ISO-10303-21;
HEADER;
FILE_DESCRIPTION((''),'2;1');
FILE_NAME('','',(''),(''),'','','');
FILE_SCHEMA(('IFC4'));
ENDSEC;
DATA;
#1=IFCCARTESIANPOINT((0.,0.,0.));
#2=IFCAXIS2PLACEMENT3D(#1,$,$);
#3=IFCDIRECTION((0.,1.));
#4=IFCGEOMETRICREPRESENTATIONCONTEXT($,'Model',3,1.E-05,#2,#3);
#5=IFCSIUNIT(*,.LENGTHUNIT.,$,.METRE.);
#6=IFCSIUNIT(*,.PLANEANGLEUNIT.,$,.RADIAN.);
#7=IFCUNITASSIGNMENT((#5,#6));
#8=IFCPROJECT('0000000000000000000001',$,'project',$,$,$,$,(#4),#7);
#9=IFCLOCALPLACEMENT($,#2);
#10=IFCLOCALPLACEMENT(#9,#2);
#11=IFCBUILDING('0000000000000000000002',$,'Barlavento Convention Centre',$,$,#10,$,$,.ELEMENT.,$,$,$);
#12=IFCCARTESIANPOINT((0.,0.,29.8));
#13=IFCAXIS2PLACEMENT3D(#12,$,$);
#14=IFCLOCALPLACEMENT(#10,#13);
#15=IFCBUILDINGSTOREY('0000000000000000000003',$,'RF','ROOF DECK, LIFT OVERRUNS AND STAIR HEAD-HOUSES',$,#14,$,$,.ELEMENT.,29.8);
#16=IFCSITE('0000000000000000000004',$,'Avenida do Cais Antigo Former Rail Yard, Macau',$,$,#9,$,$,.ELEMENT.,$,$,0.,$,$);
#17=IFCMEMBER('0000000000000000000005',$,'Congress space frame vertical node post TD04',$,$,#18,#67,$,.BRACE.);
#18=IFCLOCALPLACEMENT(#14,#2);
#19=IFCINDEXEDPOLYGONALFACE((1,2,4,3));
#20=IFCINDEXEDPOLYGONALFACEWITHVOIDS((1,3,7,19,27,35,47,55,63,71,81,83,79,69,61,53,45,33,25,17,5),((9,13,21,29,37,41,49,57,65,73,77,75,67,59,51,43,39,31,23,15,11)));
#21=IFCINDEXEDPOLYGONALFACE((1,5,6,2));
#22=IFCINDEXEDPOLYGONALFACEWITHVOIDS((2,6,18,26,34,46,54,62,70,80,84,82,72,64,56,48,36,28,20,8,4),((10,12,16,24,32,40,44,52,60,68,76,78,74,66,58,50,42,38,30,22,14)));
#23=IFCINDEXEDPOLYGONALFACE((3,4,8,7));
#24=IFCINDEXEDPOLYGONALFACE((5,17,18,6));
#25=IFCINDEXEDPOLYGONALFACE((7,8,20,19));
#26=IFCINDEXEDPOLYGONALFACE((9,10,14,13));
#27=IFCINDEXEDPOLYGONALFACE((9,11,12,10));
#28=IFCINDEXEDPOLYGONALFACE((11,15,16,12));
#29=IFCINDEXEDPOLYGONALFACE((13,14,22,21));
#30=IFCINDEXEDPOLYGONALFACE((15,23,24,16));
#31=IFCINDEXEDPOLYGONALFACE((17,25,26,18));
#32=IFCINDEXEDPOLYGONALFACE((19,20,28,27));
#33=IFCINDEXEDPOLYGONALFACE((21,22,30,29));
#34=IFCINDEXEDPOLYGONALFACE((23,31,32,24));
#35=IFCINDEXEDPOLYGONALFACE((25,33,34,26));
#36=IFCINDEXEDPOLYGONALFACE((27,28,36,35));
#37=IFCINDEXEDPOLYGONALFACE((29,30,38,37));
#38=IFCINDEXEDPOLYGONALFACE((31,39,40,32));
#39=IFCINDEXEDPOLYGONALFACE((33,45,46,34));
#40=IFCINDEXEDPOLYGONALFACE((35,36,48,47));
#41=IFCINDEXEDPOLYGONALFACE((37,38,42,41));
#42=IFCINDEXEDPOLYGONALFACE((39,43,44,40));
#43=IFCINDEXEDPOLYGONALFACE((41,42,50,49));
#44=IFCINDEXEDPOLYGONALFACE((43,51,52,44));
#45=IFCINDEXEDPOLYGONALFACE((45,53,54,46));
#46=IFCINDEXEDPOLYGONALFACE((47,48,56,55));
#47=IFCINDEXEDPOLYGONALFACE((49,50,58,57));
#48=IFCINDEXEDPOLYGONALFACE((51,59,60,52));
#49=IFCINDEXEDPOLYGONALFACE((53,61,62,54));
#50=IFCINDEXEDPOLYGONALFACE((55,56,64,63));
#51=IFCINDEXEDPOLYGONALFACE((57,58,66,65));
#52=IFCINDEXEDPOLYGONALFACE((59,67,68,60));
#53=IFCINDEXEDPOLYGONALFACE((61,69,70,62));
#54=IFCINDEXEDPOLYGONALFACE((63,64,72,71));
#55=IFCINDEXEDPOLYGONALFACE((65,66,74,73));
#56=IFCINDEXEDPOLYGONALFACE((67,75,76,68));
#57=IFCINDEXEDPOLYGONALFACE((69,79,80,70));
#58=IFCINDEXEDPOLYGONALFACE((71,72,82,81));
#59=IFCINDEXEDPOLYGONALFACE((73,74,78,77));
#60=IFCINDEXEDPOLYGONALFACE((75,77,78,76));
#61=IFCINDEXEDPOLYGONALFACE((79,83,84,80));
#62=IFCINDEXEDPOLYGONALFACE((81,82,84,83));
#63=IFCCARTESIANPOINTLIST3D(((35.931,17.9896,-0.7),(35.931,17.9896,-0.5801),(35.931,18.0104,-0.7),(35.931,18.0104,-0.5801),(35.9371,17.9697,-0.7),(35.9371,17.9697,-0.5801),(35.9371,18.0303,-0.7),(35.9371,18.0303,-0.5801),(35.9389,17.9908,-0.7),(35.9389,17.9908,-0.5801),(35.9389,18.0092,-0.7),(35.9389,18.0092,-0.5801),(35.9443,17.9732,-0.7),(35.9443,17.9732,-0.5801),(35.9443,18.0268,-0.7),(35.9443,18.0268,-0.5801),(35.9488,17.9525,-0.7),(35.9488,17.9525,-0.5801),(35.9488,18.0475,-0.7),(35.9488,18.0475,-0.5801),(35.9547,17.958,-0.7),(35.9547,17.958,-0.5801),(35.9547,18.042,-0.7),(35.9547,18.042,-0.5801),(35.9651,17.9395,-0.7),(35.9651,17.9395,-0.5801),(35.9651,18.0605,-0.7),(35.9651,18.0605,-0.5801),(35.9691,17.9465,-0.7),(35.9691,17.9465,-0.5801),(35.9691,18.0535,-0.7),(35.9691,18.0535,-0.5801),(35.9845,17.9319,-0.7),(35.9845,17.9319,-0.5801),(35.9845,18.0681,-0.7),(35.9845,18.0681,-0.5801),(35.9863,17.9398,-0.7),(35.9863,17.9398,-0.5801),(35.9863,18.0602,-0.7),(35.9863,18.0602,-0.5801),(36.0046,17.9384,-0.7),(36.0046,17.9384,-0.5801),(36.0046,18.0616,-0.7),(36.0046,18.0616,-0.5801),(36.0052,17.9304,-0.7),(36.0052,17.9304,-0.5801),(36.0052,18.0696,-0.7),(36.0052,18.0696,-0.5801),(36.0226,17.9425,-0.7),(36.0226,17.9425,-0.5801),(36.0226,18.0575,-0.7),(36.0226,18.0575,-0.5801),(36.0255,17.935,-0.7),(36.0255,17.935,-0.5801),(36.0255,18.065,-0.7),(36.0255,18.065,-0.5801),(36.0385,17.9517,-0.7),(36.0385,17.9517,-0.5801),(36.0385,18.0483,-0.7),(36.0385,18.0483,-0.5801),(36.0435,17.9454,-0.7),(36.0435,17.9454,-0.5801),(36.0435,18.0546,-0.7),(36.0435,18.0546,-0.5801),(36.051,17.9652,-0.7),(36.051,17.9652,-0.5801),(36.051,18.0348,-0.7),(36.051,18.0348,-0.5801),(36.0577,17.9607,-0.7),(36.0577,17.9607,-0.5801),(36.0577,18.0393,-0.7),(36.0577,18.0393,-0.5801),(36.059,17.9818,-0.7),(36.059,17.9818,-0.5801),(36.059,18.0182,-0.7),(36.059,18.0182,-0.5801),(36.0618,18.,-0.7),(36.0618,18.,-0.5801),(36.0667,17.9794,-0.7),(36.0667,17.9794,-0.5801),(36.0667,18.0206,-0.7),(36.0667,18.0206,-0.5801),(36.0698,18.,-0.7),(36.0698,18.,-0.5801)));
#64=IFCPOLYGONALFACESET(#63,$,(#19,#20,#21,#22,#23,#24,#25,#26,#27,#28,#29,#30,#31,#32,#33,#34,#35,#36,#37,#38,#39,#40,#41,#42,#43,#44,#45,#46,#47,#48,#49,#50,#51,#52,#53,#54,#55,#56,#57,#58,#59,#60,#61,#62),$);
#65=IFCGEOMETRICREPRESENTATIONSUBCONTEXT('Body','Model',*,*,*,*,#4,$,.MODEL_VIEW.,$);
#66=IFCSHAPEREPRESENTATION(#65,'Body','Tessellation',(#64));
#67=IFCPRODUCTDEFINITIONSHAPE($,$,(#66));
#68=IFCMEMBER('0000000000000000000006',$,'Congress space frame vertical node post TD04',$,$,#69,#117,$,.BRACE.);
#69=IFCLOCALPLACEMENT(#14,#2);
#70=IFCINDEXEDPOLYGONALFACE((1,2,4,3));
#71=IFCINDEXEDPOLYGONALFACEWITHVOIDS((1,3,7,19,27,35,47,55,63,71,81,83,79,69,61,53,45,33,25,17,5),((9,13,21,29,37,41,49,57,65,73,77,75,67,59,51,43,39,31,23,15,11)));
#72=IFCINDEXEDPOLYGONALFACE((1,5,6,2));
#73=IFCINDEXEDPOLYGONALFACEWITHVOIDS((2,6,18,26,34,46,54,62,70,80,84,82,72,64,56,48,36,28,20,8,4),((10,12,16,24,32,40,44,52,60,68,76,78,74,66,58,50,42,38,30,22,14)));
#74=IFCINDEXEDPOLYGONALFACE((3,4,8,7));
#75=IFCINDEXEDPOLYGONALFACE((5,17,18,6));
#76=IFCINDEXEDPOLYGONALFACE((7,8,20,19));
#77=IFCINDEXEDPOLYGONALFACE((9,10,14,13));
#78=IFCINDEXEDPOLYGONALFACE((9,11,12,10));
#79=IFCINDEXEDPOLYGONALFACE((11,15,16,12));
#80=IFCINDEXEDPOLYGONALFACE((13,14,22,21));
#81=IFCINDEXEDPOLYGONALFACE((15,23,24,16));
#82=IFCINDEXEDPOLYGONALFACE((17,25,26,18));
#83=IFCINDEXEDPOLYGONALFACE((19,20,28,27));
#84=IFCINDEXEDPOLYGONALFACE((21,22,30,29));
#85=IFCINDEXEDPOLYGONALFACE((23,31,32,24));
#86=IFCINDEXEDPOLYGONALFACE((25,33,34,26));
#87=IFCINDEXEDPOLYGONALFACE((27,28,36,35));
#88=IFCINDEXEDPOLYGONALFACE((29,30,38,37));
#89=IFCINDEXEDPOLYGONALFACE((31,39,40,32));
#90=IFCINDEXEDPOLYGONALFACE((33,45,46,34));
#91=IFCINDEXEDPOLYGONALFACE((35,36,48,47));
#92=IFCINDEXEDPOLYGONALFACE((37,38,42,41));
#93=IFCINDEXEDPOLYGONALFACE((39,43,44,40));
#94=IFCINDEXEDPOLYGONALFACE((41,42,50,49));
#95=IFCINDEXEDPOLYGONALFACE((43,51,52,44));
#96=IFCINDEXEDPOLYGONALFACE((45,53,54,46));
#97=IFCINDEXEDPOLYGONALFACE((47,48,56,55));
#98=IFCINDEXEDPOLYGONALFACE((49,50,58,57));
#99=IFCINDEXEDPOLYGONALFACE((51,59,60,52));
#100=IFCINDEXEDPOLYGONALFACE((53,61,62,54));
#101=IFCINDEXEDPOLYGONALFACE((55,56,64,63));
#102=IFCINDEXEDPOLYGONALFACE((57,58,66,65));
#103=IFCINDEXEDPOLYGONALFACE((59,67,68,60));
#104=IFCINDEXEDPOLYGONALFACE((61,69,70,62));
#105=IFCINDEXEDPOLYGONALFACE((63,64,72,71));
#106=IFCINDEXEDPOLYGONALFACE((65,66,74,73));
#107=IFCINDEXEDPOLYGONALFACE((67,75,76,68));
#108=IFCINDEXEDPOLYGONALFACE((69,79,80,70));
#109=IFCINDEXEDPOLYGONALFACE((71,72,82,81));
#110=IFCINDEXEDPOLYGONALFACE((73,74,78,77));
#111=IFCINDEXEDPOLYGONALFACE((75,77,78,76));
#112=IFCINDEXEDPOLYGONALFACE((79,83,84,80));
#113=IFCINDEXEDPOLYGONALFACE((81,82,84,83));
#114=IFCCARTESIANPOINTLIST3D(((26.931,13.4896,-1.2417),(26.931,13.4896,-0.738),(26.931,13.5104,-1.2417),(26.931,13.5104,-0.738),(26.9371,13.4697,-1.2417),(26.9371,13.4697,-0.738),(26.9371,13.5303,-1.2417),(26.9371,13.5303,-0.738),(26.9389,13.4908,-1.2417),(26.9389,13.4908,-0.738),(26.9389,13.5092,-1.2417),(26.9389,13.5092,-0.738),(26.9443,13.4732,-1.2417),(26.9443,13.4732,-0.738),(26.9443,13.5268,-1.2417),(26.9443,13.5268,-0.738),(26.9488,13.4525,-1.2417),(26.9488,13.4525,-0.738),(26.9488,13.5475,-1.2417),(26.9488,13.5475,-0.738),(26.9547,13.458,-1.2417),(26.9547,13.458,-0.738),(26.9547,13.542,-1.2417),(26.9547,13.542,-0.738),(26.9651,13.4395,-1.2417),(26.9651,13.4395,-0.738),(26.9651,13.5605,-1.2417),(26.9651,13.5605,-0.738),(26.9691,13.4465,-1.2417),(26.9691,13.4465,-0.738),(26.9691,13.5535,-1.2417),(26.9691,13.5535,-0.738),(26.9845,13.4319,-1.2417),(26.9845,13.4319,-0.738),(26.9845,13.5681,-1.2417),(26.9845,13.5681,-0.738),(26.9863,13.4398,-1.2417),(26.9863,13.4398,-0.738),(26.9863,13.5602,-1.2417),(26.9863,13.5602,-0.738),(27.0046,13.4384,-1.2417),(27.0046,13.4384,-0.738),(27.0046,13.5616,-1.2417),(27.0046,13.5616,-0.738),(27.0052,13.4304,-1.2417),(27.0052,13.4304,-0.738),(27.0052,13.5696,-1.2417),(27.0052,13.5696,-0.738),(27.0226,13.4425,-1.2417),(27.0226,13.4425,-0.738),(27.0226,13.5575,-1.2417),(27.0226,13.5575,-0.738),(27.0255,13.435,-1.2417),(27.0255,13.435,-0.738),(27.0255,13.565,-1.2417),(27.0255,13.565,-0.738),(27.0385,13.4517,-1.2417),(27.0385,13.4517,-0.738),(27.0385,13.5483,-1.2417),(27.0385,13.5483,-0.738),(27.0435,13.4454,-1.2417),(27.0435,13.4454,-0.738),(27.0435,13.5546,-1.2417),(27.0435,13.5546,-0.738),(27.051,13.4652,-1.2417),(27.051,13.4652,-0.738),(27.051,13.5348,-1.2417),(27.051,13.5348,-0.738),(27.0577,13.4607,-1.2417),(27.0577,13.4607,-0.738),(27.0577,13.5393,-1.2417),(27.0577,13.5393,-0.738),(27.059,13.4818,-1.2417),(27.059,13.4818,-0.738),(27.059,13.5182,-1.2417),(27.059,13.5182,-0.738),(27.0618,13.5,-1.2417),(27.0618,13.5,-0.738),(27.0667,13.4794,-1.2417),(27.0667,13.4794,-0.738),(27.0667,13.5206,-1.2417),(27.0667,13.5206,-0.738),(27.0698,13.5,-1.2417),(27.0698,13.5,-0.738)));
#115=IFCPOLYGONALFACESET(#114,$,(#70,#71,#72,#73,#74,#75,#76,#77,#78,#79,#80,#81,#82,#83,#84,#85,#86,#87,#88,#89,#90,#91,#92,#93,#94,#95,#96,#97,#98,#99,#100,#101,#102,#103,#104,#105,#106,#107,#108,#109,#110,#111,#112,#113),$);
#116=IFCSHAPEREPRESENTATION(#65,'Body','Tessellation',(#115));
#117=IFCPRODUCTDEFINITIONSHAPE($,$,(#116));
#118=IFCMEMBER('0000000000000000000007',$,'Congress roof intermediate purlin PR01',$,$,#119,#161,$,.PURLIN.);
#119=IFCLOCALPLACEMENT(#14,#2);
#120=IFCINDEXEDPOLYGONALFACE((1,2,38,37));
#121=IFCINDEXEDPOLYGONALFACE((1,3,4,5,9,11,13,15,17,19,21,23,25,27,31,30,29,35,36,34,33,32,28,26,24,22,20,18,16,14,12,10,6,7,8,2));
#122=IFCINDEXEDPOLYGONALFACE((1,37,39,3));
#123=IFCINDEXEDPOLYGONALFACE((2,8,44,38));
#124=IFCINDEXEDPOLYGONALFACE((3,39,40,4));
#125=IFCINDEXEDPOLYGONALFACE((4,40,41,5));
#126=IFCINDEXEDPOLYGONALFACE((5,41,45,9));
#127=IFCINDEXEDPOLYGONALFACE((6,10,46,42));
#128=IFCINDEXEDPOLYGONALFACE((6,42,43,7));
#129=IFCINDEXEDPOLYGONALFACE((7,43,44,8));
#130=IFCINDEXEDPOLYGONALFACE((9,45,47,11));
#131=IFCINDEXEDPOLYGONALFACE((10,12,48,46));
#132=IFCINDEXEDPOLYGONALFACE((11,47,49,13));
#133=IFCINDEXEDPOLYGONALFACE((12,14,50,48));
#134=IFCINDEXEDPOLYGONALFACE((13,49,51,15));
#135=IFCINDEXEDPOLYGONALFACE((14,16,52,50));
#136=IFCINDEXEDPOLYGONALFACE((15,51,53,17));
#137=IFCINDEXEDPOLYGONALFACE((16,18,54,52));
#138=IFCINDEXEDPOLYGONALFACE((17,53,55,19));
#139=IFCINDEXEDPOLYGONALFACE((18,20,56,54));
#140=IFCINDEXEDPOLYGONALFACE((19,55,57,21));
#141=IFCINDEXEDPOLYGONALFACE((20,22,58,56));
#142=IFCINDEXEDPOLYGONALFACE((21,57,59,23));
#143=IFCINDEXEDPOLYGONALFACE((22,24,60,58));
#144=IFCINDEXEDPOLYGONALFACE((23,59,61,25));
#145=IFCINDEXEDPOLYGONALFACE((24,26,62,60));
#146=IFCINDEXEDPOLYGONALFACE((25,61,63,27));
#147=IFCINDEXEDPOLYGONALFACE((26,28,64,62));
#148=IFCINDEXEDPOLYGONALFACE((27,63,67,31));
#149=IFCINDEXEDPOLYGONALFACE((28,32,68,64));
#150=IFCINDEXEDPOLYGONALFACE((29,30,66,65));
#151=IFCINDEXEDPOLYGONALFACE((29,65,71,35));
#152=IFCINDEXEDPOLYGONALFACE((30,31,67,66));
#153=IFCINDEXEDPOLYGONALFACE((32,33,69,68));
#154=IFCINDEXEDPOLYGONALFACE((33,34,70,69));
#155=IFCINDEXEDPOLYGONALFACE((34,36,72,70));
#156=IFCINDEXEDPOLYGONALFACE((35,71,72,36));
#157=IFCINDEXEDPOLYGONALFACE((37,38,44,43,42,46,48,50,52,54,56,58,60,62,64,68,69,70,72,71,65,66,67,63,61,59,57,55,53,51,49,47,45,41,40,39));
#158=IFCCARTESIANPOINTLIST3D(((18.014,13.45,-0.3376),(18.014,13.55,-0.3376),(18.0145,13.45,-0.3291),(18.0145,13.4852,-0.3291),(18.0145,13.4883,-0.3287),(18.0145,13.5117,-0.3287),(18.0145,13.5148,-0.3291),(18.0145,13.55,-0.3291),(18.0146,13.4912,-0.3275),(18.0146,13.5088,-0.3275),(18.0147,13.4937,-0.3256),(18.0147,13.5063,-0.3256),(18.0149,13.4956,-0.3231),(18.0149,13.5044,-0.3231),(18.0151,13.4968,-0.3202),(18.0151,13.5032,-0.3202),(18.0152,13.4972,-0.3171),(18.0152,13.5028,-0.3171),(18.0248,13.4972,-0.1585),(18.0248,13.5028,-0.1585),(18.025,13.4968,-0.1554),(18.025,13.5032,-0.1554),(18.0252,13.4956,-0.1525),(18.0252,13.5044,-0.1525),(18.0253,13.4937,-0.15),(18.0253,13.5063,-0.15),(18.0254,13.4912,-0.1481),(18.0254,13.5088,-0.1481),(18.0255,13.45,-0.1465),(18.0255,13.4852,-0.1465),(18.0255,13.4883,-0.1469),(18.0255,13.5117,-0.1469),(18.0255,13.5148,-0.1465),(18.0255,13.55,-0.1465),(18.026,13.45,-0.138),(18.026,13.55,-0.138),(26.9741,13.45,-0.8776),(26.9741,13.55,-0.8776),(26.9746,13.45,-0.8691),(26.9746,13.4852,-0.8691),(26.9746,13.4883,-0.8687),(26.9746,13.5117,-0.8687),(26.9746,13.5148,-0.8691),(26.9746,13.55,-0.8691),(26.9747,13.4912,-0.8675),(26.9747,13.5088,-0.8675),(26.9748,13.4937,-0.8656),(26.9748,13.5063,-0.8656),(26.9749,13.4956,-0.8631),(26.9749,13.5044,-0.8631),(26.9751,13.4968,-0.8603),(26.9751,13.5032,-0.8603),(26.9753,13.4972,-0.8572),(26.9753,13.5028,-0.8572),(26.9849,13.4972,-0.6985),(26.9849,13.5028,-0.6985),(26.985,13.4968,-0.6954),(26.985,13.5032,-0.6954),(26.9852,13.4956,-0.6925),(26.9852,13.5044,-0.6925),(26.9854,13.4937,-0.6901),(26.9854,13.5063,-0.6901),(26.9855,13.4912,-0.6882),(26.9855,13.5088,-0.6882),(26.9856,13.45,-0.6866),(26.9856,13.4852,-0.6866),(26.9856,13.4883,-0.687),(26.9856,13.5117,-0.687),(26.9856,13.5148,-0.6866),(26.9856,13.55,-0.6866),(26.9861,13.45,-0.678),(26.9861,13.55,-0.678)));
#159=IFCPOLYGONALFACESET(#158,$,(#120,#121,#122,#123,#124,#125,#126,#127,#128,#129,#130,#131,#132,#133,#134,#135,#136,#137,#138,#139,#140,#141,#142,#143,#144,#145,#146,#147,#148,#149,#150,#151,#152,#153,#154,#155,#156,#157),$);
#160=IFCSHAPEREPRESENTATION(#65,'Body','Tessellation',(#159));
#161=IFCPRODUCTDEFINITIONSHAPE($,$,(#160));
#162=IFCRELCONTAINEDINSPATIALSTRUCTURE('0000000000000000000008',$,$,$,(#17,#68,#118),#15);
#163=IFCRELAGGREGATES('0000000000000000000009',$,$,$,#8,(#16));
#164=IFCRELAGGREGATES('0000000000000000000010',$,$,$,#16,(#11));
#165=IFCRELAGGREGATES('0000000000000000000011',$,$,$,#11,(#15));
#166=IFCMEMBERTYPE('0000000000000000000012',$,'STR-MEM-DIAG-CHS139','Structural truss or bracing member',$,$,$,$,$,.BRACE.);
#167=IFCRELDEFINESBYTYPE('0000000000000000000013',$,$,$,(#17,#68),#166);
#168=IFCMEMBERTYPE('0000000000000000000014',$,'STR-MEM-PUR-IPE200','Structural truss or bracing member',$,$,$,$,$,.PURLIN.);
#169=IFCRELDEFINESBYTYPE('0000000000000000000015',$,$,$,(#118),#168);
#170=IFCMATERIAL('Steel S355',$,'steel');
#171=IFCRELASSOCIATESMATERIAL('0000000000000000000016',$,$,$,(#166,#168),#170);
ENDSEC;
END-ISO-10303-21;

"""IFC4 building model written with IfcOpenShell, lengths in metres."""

from ifc_helpers import new_model, si_unit, direction, frame, origin, origin_2d, place, context, subcontext, project, spatial, hollow_circle, i_section, extrude, material, material_profile, profile_set, type_object, element, save


model = new_model("IFC4")

# Units and contexts
model_context = context("Model", 3, precision=1e-05, world=origin(), true_north=direction((0.0, 1.0)))
body_context = subcontext(model_context, "Body", "Model", "MODEL_VIEW")
ifc_project = project(units=[si_unit("LENGTHUNIT", "METRE"), si_unit("PLANEANGLEUNIT", "RADIAN")], contexts=[model_context])

# Site, building, storey
site_placement = place(None, origin())
site = spatial("IfcSite", under=ifc_project, at=site_placement, Name="Avenida do Cais Antigo Former Rail Yard, Macau", CompositionType="ELEMENT", RefElevation=0.0)
building_placement = place(site_placement, origin())
building = spatial("IfcBuilding", under=site, at=building_placement, Name="Barlavento Convention Centre", CompositionType="ELEMENT")
storey_placement = place(building_placement, frame((0.0, 0.0, 29.8)))
storey = spatial("IfcBuildingStorey", under=building, at=storey_placement, Name="RF", Description="ROOF DECK, LIFT OVERRUNS AND STAIR HEAD-HOUSES", CompositionType="ELEMENT", Elevation=29.8)

# Members
ifc_material_1 = material(Name="Steel S355", Category="steel")
ifc_material_profile_1 = material_profile(ifc_material_1, hollow_circle(Radius=0.0698, WallThickness=0.0081, at=origin_2d()), Name="CHS 139.7x8.0")
ifc_profile_set_1 = profile_set([ifc_material_profile_1], Name="Steel S355")
member_type_1 = type_object("IfcMemberType", Name="STR-MEM-DIAG-CHS139", Description="Structural truss or bracing member", PredefinedType="BRACE", material=ifc_profile_set_1)
member_1_placement = place(storey_placement, frame((36.0, 18.0, -0.7), z_axis=(0.0, 0.0, 1.0), x_axis=(1.0, 0.0, 0.0)))
element("IfcMember", 1, at=member_1_placement, inside=storey, type_object=member_type_1, Name="Congress space frame vertical node post TD04", PredefinedType="BRACE", context=body_context, shape_type="SweptSolid", body=[
    extrude(hollow_circle(Radius=0.0698, WallThickness=0.0081, at=origin_2d()), origin(), (0.0, 0.0, 1.0), 0.1199),
])
member_2_placement = place(storey_placement, frame((27.0, 13.5, -1.2417), z_axis=(0.0, 0.0, 1.0), x_axis=(1.0, 0.0, 0.0)))
element("IfcMember", 2, at=member_2_placement, inside=storey, type_object=member_type_1, Name="Congress space frame vertical node post TD04", PredefinedType="BRACE", context=body_context, shape_type="SweptSolid", body=[
    extrude(hollow_circle(Radius=0.0698, WallThickness=0.0081, at=origin_2d()), origin(), (0.0, 0.0, 1.0), 0.5037),
])
ifc_material_profile_2 = material_profile(ifc_material_1, i_section(OverallWidth=0.1001, OverallDepth=0.2, WebThickness=0.0056, FlangeThickness=0.0085, FilletRadius=0.012, at=origin_2d()), Name="IPE 200")
ifc_profile_set_2 = profile_set([ifc_material_profile_2], Name="Steel S355")
member_type_2 = type_object("IfcMemberType", Name="STR-MEM-PUR-IPE200", Description="Structural truss or bracing member", PredefinedType="PURLIN", material=ifc_profile_set_2)
member_3_placement = place(storey_placement, frame((18.02, 13.5, -0.2378), z_axis=(0.998189, 0.0, -0.060163), x_axis=(0.0, 1.0, 0.0)))
element("IfcMember", 3, at=member_3_placement, inside=storey, type_object=member_type_2, Name="Congress roof intermediate purlin PR01", PredefinedType="PURLIN", context=body_context, shape_type="SweptSolid", body=[
    extrude(i_section(OverallWidth=0.1001, OverallDepth=0.2, WebThickness=0.0056, FlangeThickness=0.0085, FilletRadius=0.012, at=origin_2d()), origin(), (0.0, 0.0, 1.0), 8.9763),
])

save(model, "model.ifc")
